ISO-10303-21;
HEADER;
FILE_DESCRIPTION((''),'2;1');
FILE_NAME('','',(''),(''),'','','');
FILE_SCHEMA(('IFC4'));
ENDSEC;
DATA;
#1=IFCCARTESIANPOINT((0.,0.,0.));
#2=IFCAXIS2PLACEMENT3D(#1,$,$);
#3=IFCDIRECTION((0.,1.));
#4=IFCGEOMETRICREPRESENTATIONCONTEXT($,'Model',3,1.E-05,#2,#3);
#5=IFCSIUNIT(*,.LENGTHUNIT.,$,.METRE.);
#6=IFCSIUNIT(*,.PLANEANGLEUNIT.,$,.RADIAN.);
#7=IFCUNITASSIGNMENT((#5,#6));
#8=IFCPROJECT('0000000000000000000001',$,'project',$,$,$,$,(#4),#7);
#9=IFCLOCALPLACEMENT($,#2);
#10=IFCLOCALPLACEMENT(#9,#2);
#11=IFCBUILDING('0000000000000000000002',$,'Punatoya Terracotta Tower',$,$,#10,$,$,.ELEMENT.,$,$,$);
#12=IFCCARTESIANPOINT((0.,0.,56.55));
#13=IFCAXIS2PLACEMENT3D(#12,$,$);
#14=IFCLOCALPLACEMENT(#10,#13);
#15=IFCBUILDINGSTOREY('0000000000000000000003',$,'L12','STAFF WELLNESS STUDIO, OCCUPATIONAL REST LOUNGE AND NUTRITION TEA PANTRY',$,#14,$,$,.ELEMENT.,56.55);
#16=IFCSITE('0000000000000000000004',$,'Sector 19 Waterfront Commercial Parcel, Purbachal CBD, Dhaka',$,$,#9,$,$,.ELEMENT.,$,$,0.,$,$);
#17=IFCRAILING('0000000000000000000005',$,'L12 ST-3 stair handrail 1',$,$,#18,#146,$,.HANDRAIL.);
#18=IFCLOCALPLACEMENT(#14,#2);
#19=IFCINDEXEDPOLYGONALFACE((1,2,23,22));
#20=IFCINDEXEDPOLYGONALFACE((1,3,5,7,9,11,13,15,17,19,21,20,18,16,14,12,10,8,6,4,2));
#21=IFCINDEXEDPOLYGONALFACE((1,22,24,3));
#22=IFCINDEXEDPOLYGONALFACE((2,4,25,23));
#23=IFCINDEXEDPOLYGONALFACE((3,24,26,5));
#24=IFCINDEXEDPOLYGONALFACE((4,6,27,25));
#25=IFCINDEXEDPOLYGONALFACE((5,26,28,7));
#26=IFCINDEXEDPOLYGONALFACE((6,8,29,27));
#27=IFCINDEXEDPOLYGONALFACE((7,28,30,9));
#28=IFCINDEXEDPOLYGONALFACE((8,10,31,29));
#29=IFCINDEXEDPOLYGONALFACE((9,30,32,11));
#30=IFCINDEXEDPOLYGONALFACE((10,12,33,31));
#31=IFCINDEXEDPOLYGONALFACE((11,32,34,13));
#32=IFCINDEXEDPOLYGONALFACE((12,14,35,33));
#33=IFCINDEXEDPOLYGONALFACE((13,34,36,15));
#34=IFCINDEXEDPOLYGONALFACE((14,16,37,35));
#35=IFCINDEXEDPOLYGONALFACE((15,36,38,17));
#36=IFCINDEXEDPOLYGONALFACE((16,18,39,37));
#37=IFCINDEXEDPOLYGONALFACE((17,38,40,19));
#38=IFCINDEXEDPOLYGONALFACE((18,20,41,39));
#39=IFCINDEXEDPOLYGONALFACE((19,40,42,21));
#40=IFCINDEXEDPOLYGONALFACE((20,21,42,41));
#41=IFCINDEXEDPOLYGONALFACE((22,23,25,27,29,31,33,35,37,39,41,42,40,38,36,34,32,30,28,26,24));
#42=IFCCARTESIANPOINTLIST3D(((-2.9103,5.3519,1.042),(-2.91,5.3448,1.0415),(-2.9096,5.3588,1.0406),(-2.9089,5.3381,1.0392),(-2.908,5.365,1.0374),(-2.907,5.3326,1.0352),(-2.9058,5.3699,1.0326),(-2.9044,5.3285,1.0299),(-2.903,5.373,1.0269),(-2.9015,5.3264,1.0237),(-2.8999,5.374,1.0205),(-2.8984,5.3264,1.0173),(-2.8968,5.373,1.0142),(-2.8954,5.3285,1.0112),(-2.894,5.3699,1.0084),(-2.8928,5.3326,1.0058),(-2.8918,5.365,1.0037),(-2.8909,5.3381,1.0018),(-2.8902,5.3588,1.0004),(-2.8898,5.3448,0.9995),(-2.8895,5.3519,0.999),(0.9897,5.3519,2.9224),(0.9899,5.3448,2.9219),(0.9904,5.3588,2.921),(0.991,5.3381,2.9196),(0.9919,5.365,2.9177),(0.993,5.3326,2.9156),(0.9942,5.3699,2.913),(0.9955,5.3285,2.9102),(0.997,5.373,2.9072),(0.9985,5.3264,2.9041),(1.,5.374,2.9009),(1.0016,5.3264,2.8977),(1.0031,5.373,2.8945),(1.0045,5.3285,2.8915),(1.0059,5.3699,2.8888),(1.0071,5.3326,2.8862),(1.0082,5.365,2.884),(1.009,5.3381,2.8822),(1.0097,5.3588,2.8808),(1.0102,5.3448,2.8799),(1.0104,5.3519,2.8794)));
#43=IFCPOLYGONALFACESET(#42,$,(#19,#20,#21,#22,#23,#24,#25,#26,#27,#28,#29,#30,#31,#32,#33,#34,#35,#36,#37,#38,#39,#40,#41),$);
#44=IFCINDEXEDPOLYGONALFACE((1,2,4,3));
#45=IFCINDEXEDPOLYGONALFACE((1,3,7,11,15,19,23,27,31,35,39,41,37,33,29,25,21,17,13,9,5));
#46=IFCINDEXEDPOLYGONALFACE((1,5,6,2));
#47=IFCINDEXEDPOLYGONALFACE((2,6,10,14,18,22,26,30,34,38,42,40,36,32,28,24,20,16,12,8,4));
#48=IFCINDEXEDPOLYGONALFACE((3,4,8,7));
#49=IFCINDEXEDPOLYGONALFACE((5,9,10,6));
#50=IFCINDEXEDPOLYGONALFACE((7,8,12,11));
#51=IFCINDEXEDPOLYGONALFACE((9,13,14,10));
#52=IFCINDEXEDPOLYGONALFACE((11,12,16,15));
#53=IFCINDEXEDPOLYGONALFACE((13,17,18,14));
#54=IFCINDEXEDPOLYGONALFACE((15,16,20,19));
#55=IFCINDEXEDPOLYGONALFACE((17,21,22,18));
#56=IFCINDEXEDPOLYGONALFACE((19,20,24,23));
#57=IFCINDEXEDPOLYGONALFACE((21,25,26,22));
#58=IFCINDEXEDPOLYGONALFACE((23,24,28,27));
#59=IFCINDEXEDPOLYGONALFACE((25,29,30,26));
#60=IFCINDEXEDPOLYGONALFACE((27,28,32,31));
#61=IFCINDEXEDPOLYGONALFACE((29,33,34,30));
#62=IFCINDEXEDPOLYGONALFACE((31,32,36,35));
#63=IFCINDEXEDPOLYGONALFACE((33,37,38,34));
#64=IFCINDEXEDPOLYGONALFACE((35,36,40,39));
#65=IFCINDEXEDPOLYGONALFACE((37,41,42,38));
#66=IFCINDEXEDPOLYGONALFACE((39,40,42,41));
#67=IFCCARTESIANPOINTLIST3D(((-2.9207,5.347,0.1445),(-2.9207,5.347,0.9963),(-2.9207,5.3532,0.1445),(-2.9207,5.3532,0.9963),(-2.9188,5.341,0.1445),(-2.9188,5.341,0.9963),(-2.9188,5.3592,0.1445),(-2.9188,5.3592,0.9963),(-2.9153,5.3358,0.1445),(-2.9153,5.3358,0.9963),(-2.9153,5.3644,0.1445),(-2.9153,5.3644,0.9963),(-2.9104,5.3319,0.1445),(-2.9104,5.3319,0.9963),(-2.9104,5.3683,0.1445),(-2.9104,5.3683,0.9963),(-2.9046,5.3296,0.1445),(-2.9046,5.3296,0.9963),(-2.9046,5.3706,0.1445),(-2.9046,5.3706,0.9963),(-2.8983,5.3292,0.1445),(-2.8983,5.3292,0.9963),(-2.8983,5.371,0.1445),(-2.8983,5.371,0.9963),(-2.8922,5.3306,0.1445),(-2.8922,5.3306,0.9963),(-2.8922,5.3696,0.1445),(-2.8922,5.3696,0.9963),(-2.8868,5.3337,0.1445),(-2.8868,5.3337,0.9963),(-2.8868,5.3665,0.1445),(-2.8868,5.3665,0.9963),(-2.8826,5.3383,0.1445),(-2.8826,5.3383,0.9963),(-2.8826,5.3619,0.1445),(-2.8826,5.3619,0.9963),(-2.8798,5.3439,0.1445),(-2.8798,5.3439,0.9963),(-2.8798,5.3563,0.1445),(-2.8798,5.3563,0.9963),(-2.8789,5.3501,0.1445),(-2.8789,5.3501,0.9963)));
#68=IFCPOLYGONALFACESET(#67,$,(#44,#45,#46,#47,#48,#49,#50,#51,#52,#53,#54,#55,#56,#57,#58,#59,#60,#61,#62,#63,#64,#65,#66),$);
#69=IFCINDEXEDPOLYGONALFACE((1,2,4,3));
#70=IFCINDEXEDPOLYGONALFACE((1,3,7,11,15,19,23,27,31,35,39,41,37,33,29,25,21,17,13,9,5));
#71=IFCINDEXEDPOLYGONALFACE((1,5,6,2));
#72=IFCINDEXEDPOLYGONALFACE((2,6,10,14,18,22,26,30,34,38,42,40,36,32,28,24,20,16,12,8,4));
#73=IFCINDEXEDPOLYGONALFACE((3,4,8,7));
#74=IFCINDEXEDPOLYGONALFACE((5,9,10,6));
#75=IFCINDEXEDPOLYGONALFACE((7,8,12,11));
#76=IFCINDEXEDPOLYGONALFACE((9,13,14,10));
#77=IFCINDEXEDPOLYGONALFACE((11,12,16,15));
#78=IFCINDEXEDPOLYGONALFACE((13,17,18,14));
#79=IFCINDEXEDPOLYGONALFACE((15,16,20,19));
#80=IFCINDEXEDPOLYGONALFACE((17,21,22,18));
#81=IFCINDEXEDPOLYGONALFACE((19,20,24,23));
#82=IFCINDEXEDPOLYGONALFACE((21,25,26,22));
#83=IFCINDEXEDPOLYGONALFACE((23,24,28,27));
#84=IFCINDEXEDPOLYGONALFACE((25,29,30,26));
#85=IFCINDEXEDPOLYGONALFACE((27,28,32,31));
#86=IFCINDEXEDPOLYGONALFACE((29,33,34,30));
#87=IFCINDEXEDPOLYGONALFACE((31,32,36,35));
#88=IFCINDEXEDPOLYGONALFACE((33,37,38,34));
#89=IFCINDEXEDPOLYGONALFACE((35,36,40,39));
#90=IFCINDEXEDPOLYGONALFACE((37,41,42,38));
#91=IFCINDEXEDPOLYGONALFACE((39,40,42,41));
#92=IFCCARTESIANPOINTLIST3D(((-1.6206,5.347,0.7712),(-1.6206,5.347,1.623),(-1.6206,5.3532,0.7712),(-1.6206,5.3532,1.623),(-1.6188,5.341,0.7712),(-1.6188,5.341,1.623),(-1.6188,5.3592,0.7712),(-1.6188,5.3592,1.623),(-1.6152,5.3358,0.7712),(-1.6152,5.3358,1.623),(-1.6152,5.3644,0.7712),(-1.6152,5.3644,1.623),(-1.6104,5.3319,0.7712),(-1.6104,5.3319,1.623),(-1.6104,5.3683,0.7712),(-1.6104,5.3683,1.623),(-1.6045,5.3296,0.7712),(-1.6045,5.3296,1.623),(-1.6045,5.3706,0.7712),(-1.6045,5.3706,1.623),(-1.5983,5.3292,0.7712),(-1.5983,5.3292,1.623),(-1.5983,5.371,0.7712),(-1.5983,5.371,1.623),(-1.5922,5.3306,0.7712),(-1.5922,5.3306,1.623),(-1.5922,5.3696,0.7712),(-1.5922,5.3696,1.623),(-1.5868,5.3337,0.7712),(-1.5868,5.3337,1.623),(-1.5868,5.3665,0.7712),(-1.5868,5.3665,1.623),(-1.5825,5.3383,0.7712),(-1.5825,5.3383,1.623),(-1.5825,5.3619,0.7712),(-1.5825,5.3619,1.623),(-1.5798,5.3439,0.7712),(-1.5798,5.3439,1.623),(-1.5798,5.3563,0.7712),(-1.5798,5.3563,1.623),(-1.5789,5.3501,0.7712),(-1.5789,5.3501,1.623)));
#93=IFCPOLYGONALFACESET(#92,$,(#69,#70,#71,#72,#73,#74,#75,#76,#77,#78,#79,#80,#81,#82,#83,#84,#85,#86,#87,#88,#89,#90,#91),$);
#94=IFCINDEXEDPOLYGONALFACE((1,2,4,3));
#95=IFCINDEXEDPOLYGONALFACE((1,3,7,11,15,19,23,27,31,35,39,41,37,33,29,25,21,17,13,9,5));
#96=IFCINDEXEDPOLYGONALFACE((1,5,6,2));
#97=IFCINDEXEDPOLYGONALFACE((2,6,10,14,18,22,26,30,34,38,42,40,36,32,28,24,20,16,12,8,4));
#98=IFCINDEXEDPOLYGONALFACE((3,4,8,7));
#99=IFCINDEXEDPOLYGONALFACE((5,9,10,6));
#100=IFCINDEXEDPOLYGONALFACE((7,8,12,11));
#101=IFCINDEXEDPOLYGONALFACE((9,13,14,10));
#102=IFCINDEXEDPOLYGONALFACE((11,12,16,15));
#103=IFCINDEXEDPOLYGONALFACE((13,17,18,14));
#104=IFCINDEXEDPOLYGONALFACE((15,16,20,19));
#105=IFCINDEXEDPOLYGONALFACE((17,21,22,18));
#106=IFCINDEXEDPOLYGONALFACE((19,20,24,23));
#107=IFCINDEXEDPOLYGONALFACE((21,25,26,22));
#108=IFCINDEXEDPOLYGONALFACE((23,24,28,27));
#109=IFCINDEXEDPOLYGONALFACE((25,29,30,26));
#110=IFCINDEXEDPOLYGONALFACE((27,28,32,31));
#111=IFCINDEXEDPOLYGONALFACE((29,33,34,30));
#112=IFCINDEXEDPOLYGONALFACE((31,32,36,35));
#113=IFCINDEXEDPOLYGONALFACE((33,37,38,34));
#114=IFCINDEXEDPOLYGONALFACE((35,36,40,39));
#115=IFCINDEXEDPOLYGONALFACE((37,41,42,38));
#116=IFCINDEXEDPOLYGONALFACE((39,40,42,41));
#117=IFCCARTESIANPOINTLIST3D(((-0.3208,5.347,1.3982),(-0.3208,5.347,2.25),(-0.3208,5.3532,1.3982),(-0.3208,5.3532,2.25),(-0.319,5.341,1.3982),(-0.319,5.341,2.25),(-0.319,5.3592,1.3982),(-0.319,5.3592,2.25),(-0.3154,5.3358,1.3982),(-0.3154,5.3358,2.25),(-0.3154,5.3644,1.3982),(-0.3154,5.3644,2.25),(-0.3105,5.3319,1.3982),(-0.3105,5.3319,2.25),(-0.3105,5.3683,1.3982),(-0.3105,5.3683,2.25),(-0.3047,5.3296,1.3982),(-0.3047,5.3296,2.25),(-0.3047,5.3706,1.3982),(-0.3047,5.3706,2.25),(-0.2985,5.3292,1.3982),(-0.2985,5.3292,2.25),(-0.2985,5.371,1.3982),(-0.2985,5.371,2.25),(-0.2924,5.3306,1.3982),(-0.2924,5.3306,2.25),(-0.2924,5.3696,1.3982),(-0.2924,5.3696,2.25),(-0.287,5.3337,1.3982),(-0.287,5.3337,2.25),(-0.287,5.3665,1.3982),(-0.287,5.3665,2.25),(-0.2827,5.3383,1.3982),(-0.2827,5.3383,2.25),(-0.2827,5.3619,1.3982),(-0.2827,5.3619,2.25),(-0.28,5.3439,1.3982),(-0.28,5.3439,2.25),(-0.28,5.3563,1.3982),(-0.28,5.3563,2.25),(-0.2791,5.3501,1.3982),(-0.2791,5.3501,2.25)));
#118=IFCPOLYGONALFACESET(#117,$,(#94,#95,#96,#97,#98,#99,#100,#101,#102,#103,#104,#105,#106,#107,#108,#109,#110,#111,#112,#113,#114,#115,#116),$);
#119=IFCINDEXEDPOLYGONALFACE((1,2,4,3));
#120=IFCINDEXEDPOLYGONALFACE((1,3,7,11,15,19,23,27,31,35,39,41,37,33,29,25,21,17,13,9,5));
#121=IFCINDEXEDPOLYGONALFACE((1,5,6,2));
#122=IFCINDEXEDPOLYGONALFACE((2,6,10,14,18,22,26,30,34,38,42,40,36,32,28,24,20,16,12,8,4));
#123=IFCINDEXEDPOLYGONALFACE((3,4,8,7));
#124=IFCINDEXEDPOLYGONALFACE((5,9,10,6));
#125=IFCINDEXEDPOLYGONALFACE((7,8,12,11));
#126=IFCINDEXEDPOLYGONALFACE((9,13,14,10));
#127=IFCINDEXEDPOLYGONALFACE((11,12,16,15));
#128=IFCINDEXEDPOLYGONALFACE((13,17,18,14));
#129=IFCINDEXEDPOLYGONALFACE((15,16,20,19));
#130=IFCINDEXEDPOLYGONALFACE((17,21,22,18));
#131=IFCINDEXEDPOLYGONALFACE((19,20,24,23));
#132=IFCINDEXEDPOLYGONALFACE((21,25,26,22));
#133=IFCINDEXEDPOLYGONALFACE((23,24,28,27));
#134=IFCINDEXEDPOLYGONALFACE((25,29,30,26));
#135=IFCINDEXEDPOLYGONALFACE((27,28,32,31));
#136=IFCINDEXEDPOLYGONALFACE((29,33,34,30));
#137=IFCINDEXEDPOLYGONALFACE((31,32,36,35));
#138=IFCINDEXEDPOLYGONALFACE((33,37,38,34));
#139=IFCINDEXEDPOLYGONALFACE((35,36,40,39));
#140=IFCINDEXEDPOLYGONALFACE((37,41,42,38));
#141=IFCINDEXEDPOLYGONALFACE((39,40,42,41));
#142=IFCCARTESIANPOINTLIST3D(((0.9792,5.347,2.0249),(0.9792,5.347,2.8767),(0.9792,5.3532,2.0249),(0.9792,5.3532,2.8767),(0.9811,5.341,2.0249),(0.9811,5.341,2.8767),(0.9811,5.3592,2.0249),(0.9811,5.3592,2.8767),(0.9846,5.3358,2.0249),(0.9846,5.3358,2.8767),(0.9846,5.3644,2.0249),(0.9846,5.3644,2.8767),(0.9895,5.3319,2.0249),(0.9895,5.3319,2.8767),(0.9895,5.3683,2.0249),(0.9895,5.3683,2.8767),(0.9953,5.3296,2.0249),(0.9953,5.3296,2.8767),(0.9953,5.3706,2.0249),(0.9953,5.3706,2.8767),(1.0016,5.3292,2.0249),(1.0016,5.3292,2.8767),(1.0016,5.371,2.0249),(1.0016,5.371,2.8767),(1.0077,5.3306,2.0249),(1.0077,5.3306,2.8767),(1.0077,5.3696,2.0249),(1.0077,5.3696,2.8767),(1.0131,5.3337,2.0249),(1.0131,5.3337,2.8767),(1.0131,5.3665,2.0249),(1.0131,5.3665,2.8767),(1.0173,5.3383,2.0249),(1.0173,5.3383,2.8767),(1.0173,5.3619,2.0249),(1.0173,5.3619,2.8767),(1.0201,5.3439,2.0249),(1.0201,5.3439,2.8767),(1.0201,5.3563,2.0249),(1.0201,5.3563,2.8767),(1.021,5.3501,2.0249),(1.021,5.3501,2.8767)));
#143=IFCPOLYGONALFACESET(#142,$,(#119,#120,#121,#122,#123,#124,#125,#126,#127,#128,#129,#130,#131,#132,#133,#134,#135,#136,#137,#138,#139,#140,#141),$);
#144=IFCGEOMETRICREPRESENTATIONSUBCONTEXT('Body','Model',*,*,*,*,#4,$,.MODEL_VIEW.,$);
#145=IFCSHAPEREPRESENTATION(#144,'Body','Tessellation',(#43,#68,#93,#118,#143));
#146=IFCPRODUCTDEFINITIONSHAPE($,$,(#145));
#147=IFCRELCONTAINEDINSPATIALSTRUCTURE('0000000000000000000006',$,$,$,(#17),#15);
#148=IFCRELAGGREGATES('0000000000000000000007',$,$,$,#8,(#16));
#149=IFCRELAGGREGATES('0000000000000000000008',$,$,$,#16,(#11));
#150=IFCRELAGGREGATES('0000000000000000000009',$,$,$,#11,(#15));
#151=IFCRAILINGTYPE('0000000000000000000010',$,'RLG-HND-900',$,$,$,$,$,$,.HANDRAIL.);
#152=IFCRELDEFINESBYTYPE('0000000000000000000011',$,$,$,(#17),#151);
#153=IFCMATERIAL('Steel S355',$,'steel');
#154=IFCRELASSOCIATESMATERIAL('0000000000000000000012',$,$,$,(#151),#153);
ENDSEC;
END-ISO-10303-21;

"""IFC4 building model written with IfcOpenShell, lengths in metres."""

from ifc_helpers import new_model, si_unit, direction, frame, origin, origin_2d, place, context, subcontext, project, spatial, circle, extrude, material, type_object, element, save


model = new_model("IFC4")

# Units and contexts
model_context = context("Model", 3, precision=1e-05, world=origin(), true_north=direction((0.0, 1.0)))
body_context = subcontext(model_context, "Body", "Model", "MODEL_VIEW")
ifc_project = project(units=[si_unit("LENGTHUNIT", "METRE"), si_unit("PLANEANGLEUNIT", "RADIAN")], contexts=[model_context])

# Site, building, storey
site_placement = place(None, origin())
site = spatial("IfcSite", under=ifc_project, at=site_placement, Name="Sector 19 Waterfront Commercial Parcel, Purbachal CBD, Dhaka", CompositionType="ELEMENT", RefElevation=0.0)
building_placement = place(site_placement, origin())
building = spatial("IfcBuilding", under=site, at=building_placement, Name="Punatoya Terracotta Tower", CompositionType="ELEMENT")
storey_placement = place(building_placement, frame((0.0, 0.0, 56.55)))
storey = spatial("IfcBuildingStorey", under=building, at=storey_placement, Name="L12", Description="STAFF WELLNESS STUDIO, OCCUPATIONAL REST LOUNGE AND NUTRITION TEA PANTRY", CompositionType="ELEMENT", Elevation=56.55)

# Shared definitions
ifc_material_1 = material(Name="Steel S355", Category="steel")

# Railing
railing_type_1 = type_object("IfcRailingType", Name="RLG-HND-900", PredefinedType="HANDRAIL", material=ifc_material_1)
railing_1_placement = place(storey_placement, frame((-2.8999, 5.3501, 0.1445)))
element("IfcRailing", 1, at=railing_1_placement, inside=storey, type_object=railing_type_1, Name="L12 ST-3 stair handrail 1", PredefinedType="HANDRAIL", context=body_context, shape_type="SweptSolid", body=[
    extrude(circle(Radius=0.0239, at=origin_2d()), frame((0.0, 0.0, 0.876), z_axis=(0.900763, 0.0, 0.434311), x_axis=(0.0, 1.0, 0.0)), (0.0, 0.0, 1.0), 4.3296),
    extrude(circle(Radius=0.021, at=origin_2d()), origin(), (0.0, 0.0, 1.0), 0.8518),
    extrude(circle(Radius=0.021, at=origin_2d()), frame((1.3, 0.0, 0.6267)), (0.0, 0.0, 1.0), 0.8518),
    extrude(circle(Radius=0.021, at=origin_2d()), frame((2.5999, 0.0, 1.2537)), (0.0, 0.0, 1.0), 0.8518),
    extrude(circle(Radius=0.021, at=origin_2d()), frame((3.8999, 0.0, 1.8804)), (0.0, 0.0, 1.0), 0.8518),
])

save(model, "model.ifc")
